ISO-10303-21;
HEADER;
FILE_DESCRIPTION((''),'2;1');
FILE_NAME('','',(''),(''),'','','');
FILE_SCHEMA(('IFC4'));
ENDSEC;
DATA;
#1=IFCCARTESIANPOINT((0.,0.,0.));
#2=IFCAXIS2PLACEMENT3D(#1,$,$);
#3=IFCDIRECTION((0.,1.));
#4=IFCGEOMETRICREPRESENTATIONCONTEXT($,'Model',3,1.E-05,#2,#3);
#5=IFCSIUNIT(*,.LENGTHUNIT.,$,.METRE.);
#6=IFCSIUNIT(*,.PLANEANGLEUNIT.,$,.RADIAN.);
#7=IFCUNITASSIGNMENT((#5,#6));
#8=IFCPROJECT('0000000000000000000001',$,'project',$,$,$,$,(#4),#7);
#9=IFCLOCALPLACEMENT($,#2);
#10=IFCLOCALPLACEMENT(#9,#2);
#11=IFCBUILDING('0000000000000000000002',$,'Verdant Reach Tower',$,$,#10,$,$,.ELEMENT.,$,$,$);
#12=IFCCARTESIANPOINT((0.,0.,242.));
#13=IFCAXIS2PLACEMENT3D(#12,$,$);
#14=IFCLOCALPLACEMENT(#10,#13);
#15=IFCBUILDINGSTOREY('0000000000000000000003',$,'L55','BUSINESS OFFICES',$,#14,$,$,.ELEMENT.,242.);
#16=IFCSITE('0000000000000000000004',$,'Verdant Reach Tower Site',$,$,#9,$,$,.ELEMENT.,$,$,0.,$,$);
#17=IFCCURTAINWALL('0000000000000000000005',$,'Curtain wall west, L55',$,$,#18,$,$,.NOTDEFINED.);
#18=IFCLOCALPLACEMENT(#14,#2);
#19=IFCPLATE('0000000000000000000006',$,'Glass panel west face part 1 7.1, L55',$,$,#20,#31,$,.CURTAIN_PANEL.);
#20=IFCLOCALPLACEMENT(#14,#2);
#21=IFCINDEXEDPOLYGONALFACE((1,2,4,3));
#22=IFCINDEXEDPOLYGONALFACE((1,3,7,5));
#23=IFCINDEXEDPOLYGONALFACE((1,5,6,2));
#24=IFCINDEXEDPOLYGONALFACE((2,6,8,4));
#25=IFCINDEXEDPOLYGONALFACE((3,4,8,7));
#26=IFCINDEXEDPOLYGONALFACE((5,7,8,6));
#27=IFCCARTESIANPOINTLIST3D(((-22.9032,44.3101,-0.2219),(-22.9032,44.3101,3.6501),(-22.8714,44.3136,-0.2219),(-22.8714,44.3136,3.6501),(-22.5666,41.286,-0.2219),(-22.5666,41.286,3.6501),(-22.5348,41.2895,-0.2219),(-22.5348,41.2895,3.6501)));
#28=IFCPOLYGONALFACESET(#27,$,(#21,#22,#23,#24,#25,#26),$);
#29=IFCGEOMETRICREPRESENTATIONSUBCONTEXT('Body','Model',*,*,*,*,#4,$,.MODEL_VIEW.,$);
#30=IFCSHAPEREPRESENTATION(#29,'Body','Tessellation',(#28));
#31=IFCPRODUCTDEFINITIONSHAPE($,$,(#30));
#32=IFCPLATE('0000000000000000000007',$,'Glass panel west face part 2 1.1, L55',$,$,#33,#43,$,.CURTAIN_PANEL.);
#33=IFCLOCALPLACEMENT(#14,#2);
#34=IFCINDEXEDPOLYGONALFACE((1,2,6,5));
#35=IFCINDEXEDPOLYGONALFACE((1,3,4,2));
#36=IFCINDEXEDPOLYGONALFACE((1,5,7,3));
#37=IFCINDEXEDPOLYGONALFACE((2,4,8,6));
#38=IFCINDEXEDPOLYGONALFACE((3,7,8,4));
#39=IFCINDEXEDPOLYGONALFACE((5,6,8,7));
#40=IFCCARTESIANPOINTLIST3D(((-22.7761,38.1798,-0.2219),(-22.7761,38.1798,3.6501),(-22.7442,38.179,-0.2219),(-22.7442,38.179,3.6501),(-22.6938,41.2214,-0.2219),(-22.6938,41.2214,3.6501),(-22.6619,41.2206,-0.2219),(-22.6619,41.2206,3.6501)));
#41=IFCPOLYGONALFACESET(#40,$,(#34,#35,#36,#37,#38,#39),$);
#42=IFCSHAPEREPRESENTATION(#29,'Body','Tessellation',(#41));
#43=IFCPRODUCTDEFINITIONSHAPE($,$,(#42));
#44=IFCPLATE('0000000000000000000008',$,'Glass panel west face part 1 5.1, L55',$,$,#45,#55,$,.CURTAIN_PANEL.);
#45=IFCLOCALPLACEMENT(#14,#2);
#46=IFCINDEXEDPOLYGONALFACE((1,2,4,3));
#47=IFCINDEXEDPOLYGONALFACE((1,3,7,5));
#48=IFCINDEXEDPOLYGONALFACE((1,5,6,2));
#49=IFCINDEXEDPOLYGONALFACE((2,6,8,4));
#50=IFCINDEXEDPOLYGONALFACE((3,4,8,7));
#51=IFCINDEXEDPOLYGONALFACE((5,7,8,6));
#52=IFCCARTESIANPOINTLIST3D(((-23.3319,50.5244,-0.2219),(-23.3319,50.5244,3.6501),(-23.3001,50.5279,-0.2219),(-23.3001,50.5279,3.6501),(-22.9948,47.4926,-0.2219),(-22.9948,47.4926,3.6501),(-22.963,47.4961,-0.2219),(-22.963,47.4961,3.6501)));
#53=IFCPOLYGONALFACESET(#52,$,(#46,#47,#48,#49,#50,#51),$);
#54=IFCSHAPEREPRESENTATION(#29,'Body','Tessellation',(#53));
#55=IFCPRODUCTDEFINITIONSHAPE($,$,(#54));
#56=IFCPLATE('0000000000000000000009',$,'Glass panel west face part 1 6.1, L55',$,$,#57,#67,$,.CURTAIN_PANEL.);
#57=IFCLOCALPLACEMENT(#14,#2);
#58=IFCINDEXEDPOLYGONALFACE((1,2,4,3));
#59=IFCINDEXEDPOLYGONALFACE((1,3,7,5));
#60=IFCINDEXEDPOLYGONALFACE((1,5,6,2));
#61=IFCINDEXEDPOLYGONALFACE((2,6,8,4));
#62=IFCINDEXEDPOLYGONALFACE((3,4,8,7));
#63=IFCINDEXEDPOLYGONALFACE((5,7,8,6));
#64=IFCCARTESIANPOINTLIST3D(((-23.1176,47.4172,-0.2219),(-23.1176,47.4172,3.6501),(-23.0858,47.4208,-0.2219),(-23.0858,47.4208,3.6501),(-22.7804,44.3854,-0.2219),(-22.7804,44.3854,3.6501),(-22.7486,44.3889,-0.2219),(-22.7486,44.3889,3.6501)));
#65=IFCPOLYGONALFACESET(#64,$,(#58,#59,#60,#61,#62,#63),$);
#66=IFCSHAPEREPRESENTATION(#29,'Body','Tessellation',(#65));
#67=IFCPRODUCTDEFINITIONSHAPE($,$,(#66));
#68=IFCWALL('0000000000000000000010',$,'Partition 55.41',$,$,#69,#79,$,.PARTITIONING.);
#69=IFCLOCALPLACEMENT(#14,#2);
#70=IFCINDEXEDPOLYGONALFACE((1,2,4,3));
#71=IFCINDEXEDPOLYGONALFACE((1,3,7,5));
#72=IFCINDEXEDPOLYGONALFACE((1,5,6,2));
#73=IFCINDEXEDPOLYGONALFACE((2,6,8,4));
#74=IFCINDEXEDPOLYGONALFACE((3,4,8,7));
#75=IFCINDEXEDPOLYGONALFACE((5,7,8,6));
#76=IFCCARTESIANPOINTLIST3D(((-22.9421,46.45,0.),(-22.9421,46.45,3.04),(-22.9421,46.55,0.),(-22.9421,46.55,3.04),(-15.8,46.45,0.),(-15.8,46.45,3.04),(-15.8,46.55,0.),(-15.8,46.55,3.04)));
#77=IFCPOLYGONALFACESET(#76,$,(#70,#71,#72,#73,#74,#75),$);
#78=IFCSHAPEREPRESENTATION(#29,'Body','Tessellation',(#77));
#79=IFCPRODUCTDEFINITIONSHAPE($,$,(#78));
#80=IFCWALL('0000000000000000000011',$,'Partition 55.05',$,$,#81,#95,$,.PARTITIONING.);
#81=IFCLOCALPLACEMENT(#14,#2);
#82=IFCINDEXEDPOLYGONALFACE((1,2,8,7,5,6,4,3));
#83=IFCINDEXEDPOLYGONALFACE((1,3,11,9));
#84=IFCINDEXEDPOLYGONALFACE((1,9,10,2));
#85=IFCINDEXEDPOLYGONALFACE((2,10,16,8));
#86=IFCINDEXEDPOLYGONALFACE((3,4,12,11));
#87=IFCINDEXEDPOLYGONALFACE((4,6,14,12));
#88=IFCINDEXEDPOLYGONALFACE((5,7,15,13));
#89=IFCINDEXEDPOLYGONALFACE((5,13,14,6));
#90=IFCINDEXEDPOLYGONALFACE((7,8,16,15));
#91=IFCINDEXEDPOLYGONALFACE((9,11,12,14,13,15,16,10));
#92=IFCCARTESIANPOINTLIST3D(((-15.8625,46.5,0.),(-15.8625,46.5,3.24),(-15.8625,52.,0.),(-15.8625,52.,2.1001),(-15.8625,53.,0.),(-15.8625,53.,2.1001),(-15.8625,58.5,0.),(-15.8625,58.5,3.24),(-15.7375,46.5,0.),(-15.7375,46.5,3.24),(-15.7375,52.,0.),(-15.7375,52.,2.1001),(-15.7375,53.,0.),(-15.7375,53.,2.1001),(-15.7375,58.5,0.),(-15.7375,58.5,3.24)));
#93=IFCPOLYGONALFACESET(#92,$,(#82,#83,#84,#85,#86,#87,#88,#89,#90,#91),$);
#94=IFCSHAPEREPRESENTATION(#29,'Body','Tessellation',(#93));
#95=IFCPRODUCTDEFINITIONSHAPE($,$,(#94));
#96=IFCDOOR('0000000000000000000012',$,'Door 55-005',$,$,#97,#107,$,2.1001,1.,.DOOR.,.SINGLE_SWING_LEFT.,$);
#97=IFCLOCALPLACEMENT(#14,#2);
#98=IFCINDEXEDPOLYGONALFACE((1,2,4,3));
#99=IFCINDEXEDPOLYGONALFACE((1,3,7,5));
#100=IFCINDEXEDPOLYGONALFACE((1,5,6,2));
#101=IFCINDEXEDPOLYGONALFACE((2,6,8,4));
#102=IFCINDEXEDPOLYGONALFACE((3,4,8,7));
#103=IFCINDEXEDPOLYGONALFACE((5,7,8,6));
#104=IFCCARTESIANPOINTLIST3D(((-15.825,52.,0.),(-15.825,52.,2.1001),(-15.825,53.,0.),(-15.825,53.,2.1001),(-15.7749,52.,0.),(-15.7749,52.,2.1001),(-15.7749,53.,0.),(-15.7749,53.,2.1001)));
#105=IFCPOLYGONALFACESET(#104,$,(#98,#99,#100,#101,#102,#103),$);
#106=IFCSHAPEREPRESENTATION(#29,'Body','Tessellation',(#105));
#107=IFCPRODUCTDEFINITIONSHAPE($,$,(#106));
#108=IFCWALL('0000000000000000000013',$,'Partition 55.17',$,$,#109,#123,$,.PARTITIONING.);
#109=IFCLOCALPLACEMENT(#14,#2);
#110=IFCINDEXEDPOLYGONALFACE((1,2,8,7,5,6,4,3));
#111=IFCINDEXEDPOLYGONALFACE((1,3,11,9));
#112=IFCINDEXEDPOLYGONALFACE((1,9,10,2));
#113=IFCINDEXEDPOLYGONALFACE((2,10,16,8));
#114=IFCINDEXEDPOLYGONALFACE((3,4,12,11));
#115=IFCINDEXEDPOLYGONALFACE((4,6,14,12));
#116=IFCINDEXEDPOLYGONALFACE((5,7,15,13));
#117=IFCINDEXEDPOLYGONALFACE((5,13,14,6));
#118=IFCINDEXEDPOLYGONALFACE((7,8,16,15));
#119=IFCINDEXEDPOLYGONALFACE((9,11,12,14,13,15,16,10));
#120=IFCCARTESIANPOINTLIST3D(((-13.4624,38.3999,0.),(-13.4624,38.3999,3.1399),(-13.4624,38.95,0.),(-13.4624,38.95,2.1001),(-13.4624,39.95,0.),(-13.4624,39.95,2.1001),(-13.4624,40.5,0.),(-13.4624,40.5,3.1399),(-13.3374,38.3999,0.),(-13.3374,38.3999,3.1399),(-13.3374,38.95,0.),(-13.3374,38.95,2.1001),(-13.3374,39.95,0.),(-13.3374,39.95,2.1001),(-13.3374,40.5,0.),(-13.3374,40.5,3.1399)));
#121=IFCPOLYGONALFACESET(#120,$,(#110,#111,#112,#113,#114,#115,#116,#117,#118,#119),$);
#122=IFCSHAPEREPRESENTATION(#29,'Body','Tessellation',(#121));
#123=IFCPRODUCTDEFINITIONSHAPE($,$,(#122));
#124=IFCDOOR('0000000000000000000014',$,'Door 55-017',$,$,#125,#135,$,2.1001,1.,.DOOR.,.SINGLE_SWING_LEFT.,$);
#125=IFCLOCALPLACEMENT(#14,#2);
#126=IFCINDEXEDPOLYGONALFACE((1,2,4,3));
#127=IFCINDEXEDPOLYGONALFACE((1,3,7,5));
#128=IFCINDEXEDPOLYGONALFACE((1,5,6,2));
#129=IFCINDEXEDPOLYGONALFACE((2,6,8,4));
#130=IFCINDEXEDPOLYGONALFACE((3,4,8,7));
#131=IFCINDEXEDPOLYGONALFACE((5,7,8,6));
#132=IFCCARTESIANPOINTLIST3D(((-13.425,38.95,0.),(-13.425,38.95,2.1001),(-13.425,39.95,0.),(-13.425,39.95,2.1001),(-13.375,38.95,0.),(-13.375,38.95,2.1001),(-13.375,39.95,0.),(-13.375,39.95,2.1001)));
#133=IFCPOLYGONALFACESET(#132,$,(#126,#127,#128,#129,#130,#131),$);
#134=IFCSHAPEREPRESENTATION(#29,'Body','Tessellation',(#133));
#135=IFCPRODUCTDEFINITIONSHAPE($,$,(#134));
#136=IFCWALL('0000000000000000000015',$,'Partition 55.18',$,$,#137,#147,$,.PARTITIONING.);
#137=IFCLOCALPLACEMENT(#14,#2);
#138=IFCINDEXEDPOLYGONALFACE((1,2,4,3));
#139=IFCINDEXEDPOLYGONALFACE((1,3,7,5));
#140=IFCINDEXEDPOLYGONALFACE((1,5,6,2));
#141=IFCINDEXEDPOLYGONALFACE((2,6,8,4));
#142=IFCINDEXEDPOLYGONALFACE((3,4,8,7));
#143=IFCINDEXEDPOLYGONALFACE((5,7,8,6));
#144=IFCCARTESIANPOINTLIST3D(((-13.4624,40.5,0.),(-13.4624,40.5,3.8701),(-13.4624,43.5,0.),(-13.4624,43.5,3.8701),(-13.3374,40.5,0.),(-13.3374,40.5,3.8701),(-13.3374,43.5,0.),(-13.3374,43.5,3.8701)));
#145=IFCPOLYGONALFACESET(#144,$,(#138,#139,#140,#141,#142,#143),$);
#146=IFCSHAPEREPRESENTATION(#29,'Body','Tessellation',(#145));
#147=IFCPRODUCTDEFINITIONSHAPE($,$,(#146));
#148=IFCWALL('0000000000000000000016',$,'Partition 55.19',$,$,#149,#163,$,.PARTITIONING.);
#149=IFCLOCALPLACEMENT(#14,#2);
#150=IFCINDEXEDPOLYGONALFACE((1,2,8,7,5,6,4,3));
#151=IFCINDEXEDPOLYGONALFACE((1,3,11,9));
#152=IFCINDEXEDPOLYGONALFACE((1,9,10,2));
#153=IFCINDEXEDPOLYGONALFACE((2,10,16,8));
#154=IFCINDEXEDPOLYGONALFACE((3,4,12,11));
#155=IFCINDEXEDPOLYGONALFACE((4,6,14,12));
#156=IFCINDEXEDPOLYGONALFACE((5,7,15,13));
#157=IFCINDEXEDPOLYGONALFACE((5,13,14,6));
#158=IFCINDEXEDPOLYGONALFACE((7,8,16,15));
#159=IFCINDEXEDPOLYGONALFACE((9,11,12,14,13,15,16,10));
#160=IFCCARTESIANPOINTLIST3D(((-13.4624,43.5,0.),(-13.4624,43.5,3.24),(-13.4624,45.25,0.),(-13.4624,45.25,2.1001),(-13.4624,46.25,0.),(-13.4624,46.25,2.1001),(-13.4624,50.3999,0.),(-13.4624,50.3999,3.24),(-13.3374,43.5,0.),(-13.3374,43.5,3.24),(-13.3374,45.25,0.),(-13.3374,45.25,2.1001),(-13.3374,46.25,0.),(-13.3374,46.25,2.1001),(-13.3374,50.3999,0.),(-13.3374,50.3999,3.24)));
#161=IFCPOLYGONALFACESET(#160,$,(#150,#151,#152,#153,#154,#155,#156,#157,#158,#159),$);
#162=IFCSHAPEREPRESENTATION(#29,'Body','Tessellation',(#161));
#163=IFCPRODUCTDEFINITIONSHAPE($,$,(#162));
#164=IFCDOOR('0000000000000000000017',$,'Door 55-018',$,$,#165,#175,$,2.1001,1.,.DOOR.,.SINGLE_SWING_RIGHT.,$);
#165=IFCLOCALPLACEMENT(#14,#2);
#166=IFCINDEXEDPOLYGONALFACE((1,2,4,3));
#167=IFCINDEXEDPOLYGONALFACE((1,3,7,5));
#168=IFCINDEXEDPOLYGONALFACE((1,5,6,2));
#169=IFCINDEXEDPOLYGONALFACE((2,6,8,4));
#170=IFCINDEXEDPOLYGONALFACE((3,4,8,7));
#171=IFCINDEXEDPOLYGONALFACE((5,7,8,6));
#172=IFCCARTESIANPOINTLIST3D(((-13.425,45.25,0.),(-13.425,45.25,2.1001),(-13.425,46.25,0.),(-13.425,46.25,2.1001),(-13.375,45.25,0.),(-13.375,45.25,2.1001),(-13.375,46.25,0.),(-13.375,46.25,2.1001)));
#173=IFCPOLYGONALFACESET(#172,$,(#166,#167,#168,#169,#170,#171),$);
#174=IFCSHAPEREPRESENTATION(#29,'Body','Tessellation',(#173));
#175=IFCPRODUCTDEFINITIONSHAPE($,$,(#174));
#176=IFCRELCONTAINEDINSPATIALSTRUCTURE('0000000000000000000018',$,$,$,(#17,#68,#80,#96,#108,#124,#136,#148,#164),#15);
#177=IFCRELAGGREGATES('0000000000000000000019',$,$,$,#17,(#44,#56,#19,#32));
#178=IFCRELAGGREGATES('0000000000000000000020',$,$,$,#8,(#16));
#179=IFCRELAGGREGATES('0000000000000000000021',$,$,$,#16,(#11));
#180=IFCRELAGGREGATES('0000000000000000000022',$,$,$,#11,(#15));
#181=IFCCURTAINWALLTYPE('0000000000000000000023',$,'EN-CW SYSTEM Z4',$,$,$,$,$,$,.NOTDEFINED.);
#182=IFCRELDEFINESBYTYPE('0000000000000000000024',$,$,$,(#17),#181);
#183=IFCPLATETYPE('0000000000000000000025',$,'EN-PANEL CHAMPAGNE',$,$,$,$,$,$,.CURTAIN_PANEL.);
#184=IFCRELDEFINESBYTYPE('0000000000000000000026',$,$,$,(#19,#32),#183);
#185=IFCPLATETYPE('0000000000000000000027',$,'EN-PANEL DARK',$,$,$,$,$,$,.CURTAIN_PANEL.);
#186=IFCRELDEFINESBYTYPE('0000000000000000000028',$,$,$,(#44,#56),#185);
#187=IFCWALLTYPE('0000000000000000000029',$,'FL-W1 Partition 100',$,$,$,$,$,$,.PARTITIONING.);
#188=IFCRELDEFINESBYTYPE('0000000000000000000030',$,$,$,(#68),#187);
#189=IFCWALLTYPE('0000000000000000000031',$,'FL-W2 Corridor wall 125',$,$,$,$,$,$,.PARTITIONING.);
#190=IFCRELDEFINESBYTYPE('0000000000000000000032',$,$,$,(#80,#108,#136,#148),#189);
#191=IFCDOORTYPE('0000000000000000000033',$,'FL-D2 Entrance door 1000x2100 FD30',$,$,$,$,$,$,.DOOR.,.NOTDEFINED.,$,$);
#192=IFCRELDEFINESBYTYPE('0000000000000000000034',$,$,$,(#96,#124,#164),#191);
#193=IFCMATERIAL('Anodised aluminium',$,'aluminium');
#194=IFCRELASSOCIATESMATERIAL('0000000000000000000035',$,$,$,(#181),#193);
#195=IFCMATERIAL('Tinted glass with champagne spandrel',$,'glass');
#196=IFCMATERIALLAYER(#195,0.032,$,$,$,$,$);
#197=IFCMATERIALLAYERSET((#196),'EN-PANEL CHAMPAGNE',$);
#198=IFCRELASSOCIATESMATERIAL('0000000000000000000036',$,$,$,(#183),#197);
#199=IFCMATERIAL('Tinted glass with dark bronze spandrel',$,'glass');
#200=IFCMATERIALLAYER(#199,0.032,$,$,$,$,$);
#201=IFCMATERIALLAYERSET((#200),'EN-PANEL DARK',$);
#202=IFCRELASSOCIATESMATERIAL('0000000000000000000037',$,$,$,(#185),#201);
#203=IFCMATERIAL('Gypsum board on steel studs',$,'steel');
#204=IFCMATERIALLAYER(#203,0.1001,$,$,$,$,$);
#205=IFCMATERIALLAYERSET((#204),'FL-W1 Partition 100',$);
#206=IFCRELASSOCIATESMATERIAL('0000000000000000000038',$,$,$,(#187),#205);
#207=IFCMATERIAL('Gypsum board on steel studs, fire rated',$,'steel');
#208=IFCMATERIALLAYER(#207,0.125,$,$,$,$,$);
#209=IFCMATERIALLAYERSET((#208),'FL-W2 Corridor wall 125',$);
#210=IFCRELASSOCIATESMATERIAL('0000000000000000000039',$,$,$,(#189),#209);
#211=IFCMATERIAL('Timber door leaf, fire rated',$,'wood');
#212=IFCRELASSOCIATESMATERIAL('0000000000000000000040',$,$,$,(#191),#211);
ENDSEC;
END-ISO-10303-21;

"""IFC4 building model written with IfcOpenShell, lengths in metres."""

from ifc_helpers import new_model, si_unit, direction, frame, frame_2d, origin, origin_2d, place, context, subcontext, project, spatial, rectangle, extrude, material, layer, layer_set, type_object, element, fill, aggregate, save


model = new_model("IFC4")

# Units and contexts
model_context = context("Model", 3, precision=1e-05, world=origin(), true_north=direction((0.0, 1.0)))
body_context = subcontext(model_context, "Body", "Model", "MODEL_VIEW")
ifc_project = project(units=[si_unit("LENGTHUNIT", "METRE"), si_unit("PLANEANGLEUNIT", "RADIAN")], contexts=[model_context])

# Site, building, storey
site_placement = place(None, origin())
site = spatial("IfcSite", under=ifc_project, at=site_placement, Name="Verdant Reach Tower Site", CompositionType="ELEMENT", RefElevation=0.0)
building_placement = place(site_placement, origin())
building = spatial("IfcBuilding", under=site, at=building_placement, Name="Verdant Reach Tower", CompositionType="ELEMENT")
storey_placement = place(building_placement, frame((0.0, 0.0, 242.0)))
storey = spatial("IfcBuildingStorey", under=building, at=storey_placement, Name="L55", Description="BUSINESS OFFICES", CompositionType="ELEMENT", Elevation=242.0)

# Curtain wall
ifc_material_1 = material(Name="Anodised aluminium", Category="aluminium")
curtain_wall_type = type_object("IfcCurtainWallType", Name="EN-CW SYSTEM Z4", PredefinedType="NOTDEFINED", material=ifc_material_1)
curtain_wall_placement = place(storey_placement, origin())
curtain_wall = element("IfcCurtainWall", 1, at=curtain_wall_placement, inside=storey, type_object=curtain_wall_type, Name="Curtain wall west, L55", PredefinedType="NOTDEFINED")

# Plates
ifc_material_2 = material(Name="Tinted glass with champagne spandrel", Category="glass")
ifc_layer_1 = layer(ifc_material_2, 0.032)
ifc_layer_set_1 = layer_set([ifc_layer_1], Name="EN-PANEL CHAMPAGNE")
plate_type_1 = type_object("IfcPlateType", Name="EN-PANEL CHAMPAGNE", PredefinedType="CURTAIN_PANEL", material=ifc_layer_set_1)
plate_1_placement = place(storey_placement, frame((-22.719, 42.7998, -0.2219), z_axis=(0.0, 0.0, 1.0), x_axis=(0.110603, -0.993865, 0.0)))
plate_1 = element("IfcPlate", 2, at=plate_1_placement, type_object=plate_type_1, Name="Glass panel west face part 1 7.1, L55", PredefinedType="CURTAIN_PANEL", context=body_context, shape_type="SweptSolid", body=[
    extrude(rectangle(XDim=3.0427, YDim=0.032, at=origin_2d()), origin(), (0.0, 0.0, 1.0), 3.8721),
])
plate_2_placement = place(storey_placement, frame((-22.719, 39.7002, -0.2219), z_axis=(0.0, 0.0, 1.0), x_axis=(-0.027051, -0.999634, 0.0)))
plate_2 = element("IfcPlate", 3, at=plate_2_placement, type_object=plate_type_1, Name="Glass panel west face part 2 1.1, L55", PredefinedType="CURTAIN_PANEL", context=body_context, shape_type="SweptSolid", body=[
    extrude(rectangle(XDim=3.0427, YDim=0.032, at=origin_2d()), origin(), (0.0, 0.0, 1.0), 3.8721),
])
ifc_material_3 = material(Name="Tinted glass with dark bronze spandrel", Category="glass")
ifc_layer_2 = layer(ifc_material_3, 0.032)
ifc_layer_set_2 = layer_set([ifc_layer_2], Name="EN-PANEL DARK")
plate_type_2 = type_object("IfcPlateType", Name="EN-PANEL DARK", PredefinedType="CURTAIN_PANEL", material=ifc_layer_set_2)
plate_3_placement = place(storey_placement, frame((-23.1475, 49.0103, -0.2219), z_axis=(0.0, 0.0, 1.0), x_axis=(0.110518, -0.993874, 0.0)))
plate_3 = element("IfcPlate", 4, at=plate_3_placement, type_object=plate_type_2, Name="Glass panel west face part 1 5.1, L55", PredefinedType="CURTAIN_PANEL", context=body_context, shape_type="SweptSolid", body=[
    extrude(rectangle(XDim=3.0505, YDim=0.032, at=origin_2d()), origin(), (0.0, 0.0, 1.0), 3.8721),
])
plate_4_placement = place(storey_placement, frame((-22.9331, 45.9031, -0.2219), z_axis=(0.0, 0.0, 1.0), x_axis=(0.110518, -0.993874, 0.0)))
plate_4 = element("IfcPlate", 5, at=plate_4_placement, type_object=plate_type_2, Name="Glass panel west face part 1 6.1, L55", PredefinedType="CURTAIN_PANEL", context=body_context, shape_type="SweptSolid", body=[
    extrude(rectangle(XDim=3.0505, YDim=0.032, at=origin_2d()), origin(), (0.0, 0.0, 1.0), 3.8721),
])
aggregate(curtain_wall, [plate_3, plate_4, plate_1, plate_2])

# Wall
ifc_material_4 = material(Name="Gypsum board on steel studs", Category="steel")
ifc_layer_3 = layer(ifc_material_4, 0.1001)
ifc_layer_set_3 = layer_set([ifc_layer_3], Name="FL-W1 Partition 100")
wall_type_1 = type_object("IfcWallType", Name="FL-W1 Partition 100", PredefinedType="PARTITIONING", material=ifc_layer_set_3)
wall_1_placement = place(storey_placement, frame((-15.8, 46.5, 0.0), z_axis=(0.0, 0.0, 1.0), x_axis=(-1.0, 0.0, 0.0)))
element("IfcWall", 6, at=wall_1_placement, inside=storey, type_object=wall_type_1, Name="Partition 55.41", PredefinedType="PARTITIONING", context=body_context, shape_type="SweptSolid", body=[
    extrude(rectangle(XDim=7.1421, YDim=0.1001, at=frame_2d((3.571, 0.0))), origin(), (0.0, 0.0, 1.0), 3.04),
])

# Walls, openings, doors
ifc_material_5 = material(Name="Gypsum board on steel studs, fire rated", Category="steel")
ifc_layer_4 = layer(ifc_material_5, 0.125)
ifc_layer_set_4 = layer_set([ifc_layer_4], Name="FL-W2 Corridor wall 125")
wall_type_2 = type_object("IfcWallType", Name="FL-W2 Corridor wall 125", PredefinedType="PARTITIONING", material=ifc_layer_set_4)
wall_2_placement = place(storey_placement, frame((-15.8, 46.5, 0.0), z_axis=(0.0, 0.0, 1.0), x_axis=(0.0, 1.0, 0.0)))
wall_2 = element("IfcWall", 7, at=wall_2_placement, inside=storey, type_object=wall_type_2, Name="Partition 55.05", PredefinedType="PARTITIONING", context=body_context, shape_type="SweptSolid", body=[
    extrude(rectangle(XDim=12.0, YDim=0.125, at=frame_2d((6.0, 0.0))), origin(), (0.0, 0.0, 1.0), 3.24),
])
opening_1_placement = place(wall_2_placement, frame((5.5, 0.0, 0.0)))
opening_1 = element("IfcOpeningElement", 8, at=opening_1_placement, cuts=wall_2, PredefinedType="OPENING", context=body_context, shape_type="SweptSolid", body=[
    extrude(rectangle(XDim=1.0, YDim=2.1001, at=frame_2d((0.5, 1.05))), frame((0.0, 0.0725, 0.0), z_axis=(0.0, -1.0, 0.0), x_axis=(1.0, 0.0, 0.0)), (0.0, 0.0, 1.0), 0.145),
])
ifc_material_6 = material(Name="Timber door leaf, fire rated", Category="wood")
door_type = type_object("IfcDoorType", Name="FL-D2 Entrance door 1000x2100 FD30", OperationType="NOTDEFINED", PredefinedType="DOOR", material=ifc_material_6)
door_1_placement = place(opening_1_placement, origin())
door_1 = element("IfcDoor", 9, at=door_1_placement, inside=storey, type_object=door_type, Name="Door 55-005", OperationType="SINGLE_SWING_LEFT", OverallHeight=2.1001, OverallWidth=1.0, PredefinedType="DOOR", context=body_context, shape_type="SweptSolid", body=[
    extrude(rectangle(XDim=1.0, YDim=2.1001, at=frame_2d((0.5, 1.05))), frame((0.0, 0.0249, 0.0), z_axis=(0.0, -1.0, 0.0), x_axis=(1.0, 0.0, 0.0)), (0.0, 0.0, 1.0), 0.05),
])
fill(opening_1, door_1)
wall_3_placement = place(storey_placement, frame((-13.3999, 40.5, 0.0), z_axis=(0.0, 0.0, 1.0), x_axis=(0.0, -1.0, 0.0)))
wall_3 = element("IfcWall", 10, at=wall_3_placement, inside=storey, type_object=wall_type_2, Name="Partition 55.17", PredefinedType="PARTITIONING", context=body_context, shape_type="SweptSolid", body=[
    extrude(rectangle(XDim=2.1001, YDim=0.125, at=frame_2d((1.05, 0.0))), origin(), (0.0, 0.0, 1.0), 3.1399),
])
opening_2_placement = place(wall_3_placement, frame((0.55, 0.0, 0.0)))
opening_2 = element("IfcOpeningElement", 11, at=opening_2_placement, cuts=wall_3, PredefinedType="OPENING", context=body_context, shape_type="SweptSolid", body=[
    extrude(rectangle(XDim=1.0, YDim=2.1001, at=frame_2d((0.5, 1.05))), frame((0.0, 0.0725, 0.0), z_axis=(0.0, -1.0, 0.0), x_axis=(1.0, 0.0, 0.0)), (0.0, 0.0, 1.0), 0.145),
])
door_2_placement = place(opening_2_placement, origin())
door_2 = element("IfcDoor", 12, at=door_2_placement, inside=storey, type_object=door_type, Name="Door 55-017", OperationType="SINGLE_SWING_LEFT", OverallHeight=2.1001, OverallWidth=1.0, PredefinedType="DOOR", context=body_context, shape_type="SweptSolid", body=[
    extrude(rectangle(XDim=1.0, YDim=2.1001, at=frame_2d((0.5, 1.05))), frame((0.0, 0.0249, 0.0), z_axis=(0.0, -1.0, 0.0), x_axis=(1.0, 0.0, 0.0)), (0.0, 0.0, 1.0), 0.05),
])
fill(opening_2, door_2)

# Wall
wall_4_placement = place(storey_placement, frame((-13.3999, 40.5, 0.0), z_axis=(0.0, 0.0, 1.0), x_axis=(0.0, 1.0, 0.0)))
element("IfcWall", 13, at=wall_4_placement, inside=storey, type_object=wall_type_2, Name="Partition 55.18", PredefinedType="PARTITIONING", context=body_context, shape_type="SweptSolid", body=[
    extrude(rectangle(XDim=3.0, YDim=0.125, at=frame_2d((1.5, 0.0))), origin(), (0.0, 0.0, 1.0), 3.8701),
])

# Wall, opening, door
wall_5_placement = place(storey_placement, frame((-13.3999, 50.3999, 0.0), z_axis=(0.0, 0.0, 1.0), x_axis=(0.0, -1.0, 0.0)))
wall_5 = element("IfcWall", 14, at=wall_5_placement, inside=storey, type_object=wall_type_2, Name="Partition 55.19", PredefinedType="PARTITIONING", context=body_context, shape_type="SweptSolid", body=[
    extrude(rectangle(XDim=6.8999, YDim=0.125, at=frame_2d((3.45, 0.0))), origin(), (0.0, 0.0, 1.0), 3.24),
])
opening_3_placement = place(wall_5_placement, frame((4.1499, 0.0, 0.0)))
opening_3 = element("IfcOpeningElement", 15, at=opening_3_placement, cuts=wall_5, PredefinedType="OPENING", context=body_context, shape_type="SweptSolid", body=[
    extrude(rectangle(XDim=1.0, YDim=2.1001, at=frame_2d((0.5, 1.05))), frame((0.0, 0.0725, 0.0), z_axis=(0.0, -1.0, 0.0), x_axis=(1.0, 0.0, 0.0)), (0.0, 0.0, 1.0), 0.145),
])
door_3_placement = place(opening_3_placement, origin())
door_3 = element("IfcDoor", 16, at=door_3_placement, inside=storey, type_object=door_type, Name="Door 55-018", OperationType="SINGLE_SWING_RIGHT", OverallHeight=2.1001, OverallWidth=1.0, PredefinedType="DOOR", context=body_context, shape_type="SweptSolid", body=[
    extrude(rectangle(XDim=1.0, YDim=2.1001, at=frame_2d((0.5, 1.05))), frame((0.0, 0.0249, 0.0), z_axis=(0.0, -1.0, 0.0), x_axis=(1.0, 0.0, 0.0)), (0.0, 0.0, 1.0), 0.05),
])
fill(opening_3, door_3)

save(model, "model.ifc")
